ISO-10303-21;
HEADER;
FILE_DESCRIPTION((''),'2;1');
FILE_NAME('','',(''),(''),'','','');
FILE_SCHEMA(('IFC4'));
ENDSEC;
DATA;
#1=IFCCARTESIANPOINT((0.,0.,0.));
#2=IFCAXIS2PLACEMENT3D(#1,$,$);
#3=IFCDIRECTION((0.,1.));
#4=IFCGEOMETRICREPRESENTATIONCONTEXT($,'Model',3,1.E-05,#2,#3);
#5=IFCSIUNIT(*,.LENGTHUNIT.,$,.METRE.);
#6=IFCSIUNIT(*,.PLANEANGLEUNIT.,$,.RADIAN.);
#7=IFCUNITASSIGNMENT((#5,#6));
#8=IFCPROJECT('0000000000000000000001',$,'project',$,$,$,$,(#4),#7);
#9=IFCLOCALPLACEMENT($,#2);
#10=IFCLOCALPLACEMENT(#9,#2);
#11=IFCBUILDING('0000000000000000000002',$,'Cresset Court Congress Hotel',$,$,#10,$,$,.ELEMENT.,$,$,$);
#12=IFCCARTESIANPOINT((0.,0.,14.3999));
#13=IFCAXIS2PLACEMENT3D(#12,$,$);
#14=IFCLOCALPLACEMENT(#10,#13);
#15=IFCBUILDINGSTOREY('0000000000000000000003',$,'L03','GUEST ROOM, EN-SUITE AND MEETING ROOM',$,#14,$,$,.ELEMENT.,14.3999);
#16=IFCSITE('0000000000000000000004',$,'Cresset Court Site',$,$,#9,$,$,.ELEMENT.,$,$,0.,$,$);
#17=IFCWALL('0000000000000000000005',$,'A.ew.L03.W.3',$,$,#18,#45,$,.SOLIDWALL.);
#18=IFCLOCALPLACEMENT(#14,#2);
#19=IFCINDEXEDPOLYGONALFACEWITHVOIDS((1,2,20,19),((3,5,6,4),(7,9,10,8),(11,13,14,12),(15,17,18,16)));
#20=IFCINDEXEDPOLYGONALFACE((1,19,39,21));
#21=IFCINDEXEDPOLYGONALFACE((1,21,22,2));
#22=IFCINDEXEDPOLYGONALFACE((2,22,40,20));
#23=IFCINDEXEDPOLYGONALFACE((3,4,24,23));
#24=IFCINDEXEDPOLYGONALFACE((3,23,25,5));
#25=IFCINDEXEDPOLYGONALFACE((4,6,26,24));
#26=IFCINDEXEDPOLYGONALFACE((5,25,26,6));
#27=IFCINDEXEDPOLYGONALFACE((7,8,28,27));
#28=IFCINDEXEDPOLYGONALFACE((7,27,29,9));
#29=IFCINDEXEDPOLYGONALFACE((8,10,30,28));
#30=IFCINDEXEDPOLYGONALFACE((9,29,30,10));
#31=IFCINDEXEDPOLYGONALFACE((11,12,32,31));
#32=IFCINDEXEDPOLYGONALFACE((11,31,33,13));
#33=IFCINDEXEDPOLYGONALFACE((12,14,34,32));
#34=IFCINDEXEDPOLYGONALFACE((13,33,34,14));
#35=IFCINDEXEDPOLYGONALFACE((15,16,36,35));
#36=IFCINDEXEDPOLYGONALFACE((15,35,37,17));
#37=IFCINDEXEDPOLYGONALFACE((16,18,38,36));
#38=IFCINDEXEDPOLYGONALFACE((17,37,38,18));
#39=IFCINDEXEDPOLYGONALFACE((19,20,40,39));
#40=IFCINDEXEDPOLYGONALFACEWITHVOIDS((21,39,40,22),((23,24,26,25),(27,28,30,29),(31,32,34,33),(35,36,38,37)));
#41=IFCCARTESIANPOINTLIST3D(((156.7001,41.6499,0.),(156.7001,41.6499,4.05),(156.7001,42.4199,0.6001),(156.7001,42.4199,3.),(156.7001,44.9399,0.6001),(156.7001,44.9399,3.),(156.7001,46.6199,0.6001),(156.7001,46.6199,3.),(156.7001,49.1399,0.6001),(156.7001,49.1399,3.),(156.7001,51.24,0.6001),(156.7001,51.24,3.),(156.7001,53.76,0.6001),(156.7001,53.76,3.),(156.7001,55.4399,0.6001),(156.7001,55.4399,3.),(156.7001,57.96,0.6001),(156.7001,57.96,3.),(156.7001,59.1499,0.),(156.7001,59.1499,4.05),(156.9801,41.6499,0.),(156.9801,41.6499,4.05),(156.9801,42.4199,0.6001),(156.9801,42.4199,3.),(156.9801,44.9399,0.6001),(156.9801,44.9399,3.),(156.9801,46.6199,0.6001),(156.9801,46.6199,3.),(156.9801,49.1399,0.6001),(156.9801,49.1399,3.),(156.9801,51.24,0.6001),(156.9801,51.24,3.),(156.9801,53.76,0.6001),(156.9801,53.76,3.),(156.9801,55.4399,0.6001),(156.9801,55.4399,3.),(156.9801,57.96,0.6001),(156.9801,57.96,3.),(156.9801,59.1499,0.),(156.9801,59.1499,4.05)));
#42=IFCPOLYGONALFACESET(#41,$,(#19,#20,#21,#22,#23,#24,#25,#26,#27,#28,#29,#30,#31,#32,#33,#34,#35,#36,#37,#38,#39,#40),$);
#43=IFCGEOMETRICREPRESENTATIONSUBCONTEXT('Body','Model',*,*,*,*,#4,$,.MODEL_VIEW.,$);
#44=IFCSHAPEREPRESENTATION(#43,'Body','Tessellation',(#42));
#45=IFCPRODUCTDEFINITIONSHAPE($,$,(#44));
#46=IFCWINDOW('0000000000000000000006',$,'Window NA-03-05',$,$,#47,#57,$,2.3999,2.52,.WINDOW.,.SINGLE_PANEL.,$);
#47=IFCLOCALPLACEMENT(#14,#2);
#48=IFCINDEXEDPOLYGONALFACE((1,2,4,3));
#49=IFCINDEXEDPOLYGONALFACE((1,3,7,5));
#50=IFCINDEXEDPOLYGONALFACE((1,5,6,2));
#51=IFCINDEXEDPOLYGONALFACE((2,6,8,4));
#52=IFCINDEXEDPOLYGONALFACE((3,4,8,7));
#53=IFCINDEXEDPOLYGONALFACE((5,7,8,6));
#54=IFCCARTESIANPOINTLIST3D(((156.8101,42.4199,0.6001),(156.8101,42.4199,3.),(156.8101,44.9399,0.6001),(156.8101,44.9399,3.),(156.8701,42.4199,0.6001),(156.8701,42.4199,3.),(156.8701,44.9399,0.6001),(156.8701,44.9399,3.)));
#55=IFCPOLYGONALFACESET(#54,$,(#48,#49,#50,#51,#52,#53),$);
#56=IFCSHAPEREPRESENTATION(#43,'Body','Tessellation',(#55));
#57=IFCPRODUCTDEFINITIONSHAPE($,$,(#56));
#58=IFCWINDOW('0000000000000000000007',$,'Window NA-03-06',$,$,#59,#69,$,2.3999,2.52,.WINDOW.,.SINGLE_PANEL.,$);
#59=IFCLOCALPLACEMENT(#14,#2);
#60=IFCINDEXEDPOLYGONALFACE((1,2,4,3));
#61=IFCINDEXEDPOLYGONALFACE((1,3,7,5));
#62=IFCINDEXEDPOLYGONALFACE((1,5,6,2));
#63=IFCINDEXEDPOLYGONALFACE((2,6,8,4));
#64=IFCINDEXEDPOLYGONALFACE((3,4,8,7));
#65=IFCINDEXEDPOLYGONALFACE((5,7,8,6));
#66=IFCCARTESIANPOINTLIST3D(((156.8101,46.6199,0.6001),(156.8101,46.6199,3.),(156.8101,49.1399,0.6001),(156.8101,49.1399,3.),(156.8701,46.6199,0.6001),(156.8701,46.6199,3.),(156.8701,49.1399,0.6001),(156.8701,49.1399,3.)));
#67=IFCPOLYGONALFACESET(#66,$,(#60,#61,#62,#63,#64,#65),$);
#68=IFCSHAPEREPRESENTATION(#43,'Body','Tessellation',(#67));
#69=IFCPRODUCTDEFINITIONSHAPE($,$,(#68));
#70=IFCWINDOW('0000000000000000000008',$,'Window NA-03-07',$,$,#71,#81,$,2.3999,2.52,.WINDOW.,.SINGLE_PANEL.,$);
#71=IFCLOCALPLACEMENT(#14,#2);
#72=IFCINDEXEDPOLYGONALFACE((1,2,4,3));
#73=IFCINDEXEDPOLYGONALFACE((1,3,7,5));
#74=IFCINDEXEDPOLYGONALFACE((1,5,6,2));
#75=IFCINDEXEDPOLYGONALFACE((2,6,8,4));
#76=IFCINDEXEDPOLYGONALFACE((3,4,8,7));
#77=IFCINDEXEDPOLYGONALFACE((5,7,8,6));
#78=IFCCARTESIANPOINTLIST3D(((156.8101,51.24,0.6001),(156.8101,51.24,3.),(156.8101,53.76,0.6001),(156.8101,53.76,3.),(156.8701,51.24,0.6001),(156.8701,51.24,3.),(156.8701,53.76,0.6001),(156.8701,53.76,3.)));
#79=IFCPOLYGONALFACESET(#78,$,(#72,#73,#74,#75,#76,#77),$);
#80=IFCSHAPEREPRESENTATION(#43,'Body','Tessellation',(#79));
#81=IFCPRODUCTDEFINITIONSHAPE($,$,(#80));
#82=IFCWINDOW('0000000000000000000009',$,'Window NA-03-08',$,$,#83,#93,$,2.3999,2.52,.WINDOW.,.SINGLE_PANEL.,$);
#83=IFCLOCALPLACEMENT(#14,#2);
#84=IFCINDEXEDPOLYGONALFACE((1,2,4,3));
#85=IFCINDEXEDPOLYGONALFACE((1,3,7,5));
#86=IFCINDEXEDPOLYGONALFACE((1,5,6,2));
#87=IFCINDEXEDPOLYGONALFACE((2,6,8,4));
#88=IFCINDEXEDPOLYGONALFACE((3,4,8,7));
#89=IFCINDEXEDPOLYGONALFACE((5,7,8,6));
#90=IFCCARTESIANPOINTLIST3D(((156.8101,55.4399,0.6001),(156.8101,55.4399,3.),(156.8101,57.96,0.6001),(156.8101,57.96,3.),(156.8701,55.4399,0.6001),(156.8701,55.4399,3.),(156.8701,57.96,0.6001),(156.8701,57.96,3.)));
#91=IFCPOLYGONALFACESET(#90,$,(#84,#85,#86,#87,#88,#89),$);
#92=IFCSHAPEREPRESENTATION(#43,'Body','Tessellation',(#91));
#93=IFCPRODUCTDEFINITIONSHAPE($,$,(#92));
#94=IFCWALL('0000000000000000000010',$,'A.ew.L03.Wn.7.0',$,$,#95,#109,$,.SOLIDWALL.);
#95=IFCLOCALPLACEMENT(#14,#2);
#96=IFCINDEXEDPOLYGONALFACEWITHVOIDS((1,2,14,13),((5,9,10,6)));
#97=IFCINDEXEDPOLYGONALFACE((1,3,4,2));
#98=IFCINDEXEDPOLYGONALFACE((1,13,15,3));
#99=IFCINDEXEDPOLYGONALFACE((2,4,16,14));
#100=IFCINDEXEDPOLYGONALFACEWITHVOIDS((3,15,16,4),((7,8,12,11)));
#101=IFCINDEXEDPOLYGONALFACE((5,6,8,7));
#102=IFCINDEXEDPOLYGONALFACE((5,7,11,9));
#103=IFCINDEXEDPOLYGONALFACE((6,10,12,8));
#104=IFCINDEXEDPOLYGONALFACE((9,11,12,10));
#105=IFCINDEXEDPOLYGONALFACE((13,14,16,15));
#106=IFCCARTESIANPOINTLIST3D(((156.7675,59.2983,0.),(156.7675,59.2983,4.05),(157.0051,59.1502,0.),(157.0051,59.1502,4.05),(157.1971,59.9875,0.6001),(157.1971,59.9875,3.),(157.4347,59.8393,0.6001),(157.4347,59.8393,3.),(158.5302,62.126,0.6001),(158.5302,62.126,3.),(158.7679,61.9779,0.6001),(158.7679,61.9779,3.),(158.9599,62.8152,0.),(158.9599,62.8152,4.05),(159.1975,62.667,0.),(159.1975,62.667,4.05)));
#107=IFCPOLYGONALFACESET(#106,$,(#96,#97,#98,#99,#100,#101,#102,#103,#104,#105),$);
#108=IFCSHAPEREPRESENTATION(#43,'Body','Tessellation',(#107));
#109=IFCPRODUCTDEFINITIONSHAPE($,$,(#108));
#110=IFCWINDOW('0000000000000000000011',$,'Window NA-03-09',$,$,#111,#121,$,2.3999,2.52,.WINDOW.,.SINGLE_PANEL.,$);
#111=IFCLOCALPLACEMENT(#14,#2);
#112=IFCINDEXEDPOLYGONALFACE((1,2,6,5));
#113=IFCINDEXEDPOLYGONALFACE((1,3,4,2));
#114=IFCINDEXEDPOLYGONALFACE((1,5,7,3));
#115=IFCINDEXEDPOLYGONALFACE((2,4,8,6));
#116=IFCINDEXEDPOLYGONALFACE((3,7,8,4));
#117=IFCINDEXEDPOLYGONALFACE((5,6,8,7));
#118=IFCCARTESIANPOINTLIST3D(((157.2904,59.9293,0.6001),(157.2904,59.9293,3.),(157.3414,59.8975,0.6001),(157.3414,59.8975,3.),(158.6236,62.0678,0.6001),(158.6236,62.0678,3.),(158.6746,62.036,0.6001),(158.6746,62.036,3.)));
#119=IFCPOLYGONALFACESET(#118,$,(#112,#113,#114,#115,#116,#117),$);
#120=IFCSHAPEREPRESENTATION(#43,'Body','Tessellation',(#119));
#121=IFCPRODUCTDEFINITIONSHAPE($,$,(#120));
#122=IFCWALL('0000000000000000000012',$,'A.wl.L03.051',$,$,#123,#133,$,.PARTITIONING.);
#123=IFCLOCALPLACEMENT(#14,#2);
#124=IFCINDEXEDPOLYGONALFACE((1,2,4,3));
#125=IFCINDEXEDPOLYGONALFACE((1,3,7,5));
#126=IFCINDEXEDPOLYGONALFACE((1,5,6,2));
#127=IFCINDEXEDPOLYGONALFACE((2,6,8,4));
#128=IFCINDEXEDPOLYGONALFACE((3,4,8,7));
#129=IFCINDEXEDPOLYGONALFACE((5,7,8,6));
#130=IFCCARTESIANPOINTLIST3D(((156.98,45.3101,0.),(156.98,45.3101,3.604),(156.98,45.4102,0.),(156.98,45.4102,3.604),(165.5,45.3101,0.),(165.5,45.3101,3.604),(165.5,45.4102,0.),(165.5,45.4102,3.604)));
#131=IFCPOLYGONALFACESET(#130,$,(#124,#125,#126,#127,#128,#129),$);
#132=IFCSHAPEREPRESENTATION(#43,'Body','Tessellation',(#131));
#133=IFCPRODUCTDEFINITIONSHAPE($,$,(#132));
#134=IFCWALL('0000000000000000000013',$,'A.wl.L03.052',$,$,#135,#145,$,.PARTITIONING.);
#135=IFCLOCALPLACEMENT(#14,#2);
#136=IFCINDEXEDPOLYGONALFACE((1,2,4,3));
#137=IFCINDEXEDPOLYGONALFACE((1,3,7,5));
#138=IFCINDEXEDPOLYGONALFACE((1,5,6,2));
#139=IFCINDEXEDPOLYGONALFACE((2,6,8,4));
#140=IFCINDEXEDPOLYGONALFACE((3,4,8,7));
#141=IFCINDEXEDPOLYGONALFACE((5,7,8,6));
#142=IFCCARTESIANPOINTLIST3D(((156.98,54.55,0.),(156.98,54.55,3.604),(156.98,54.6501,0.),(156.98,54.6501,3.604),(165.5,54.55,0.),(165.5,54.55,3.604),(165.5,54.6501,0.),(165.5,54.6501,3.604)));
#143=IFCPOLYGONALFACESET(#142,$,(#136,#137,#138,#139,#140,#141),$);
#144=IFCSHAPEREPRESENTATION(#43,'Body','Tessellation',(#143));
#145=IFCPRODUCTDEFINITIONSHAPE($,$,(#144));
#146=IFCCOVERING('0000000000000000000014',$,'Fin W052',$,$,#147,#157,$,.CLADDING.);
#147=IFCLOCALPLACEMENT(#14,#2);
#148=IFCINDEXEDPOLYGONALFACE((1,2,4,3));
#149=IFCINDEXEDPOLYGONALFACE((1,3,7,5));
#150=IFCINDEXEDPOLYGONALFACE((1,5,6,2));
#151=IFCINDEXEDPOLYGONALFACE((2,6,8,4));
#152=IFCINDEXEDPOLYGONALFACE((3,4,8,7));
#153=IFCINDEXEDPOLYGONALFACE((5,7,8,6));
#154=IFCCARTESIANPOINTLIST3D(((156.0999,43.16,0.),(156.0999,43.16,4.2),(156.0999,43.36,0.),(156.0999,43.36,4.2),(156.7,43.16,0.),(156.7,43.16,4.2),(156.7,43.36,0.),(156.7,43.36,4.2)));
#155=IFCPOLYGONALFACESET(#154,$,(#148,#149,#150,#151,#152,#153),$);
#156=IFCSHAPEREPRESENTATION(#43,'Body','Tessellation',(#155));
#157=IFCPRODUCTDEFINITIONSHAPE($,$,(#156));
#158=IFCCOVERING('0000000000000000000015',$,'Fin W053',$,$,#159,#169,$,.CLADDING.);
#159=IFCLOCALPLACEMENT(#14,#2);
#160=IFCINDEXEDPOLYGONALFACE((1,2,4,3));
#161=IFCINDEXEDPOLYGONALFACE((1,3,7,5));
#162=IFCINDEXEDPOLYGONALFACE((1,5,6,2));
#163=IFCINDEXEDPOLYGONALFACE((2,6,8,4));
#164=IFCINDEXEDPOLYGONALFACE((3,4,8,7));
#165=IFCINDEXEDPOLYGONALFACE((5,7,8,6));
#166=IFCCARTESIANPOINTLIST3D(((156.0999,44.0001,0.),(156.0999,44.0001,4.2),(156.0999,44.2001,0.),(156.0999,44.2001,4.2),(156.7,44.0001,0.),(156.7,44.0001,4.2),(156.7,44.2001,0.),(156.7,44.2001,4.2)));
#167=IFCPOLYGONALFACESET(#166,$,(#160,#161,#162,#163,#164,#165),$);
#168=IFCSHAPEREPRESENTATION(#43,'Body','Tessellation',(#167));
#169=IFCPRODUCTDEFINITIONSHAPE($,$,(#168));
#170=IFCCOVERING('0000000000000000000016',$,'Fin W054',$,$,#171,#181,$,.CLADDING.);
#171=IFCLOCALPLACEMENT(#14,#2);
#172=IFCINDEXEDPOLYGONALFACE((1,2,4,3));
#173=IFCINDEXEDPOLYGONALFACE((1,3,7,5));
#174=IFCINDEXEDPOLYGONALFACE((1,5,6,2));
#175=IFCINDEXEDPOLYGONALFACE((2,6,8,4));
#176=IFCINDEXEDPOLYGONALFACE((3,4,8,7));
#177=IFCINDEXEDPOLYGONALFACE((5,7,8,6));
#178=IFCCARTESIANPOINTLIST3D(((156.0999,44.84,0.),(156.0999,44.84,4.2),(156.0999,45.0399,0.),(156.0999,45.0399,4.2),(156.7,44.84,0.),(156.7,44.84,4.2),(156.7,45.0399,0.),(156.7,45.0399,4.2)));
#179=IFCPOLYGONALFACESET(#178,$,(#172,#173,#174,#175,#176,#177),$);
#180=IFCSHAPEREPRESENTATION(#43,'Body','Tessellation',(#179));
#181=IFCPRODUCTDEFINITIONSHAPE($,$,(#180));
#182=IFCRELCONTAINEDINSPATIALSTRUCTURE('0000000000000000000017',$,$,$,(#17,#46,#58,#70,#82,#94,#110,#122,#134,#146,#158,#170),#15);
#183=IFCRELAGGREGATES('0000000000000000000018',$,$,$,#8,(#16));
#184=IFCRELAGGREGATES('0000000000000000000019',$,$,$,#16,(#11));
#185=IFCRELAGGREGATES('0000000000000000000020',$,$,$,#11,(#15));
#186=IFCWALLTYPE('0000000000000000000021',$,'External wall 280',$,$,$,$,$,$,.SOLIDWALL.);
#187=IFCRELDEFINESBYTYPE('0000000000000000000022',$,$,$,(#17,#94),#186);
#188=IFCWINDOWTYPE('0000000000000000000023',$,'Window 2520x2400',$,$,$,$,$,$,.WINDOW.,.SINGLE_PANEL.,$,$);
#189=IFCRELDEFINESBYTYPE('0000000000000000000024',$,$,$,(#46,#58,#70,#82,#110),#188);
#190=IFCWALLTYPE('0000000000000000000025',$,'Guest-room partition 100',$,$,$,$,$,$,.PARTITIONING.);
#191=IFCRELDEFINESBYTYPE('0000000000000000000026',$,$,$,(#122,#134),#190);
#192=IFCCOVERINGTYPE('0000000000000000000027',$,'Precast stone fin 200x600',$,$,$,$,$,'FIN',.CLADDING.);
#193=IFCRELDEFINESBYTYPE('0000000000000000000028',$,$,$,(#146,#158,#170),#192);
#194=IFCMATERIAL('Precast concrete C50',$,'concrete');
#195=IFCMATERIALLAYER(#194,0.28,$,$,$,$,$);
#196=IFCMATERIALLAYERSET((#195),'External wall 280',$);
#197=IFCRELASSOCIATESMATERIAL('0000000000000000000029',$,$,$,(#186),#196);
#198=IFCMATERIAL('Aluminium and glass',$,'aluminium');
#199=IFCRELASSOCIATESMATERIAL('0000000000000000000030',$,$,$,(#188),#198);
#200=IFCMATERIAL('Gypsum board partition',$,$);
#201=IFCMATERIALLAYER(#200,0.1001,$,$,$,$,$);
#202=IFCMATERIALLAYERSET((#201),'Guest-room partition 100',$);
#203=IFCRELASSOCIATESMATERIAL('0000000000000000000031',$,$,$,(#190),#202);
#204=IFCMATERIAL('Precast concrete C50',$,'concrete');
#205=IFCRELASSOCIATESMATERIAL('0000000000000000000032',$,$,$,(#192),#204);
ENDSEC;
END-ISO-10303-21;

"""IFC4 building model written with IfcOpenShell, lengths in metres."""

from ifc_helpers import new_model, si_unit, direction, frame, frame_2d, origin, origin_2d, place, context, subcontext, project, spatial, rectangle, extrude, material, layer, layer_set, type_object, element, fill, save


model = new_model("IFC4")

# Units and contexts
model_context = context("Model", 3, precision=1e-05, world=origin(), true_north=direction((0.0, 1.0)))
body_context = subcontext(model_context, "Body", "Model", "MODEL_VIEW")
ifc_project = project(units=[si_unit("LENGTHUNIT", "METRE"), si_unit("PLANEANGLEUNIT", "RADIAN")], contexts=[model_context])

# Site, building, storey
site_placement = place(None, origin())
site = spatial("IfcSite", under=ifc_project, at=site_placement, Name="Cresset Court Site", CompositionType="ELEMENT", RefElevation=0.0)
building_placement = place(site_placement, origin())
building = spatial("IfcBuilding", under=site, at=building_placement, Name="Cresset Court Congress Hotel", CompositionType="ELEMENT")
storey_placement = place(building_placement, frame((0.0, 0.0, 14.3999)))
storey = spatial("IfcBuildingStorey", under=building, at=storey_placement, Name="L03", Description="GUEST ROOM, EN-SUITE AND MEETING ROOM", CompositionType="ELEMENT", Elevation=14.3999)

# Wall, openings, windows
ifc_material_1 = material(Name="Precast concrete C50", Category="concrete")
ifc_layer_1 = layer(ifc_material_1, 0.28)
ifc_layer_set_1 = layer_set([ifc_layer_1], Name="External wall 280")
wall_type_1 = type_object("IfcWallType", Name="External wall 280", PredefinedType="SOLIDWALL", material=ifc_layer_set_1)
wall_1_placement = place(storey_placement, frame((156.8401, 41.6499, 0.0), z_axis=(0.0, 0.0, 1.0), x_axis=(0.0, 1.0, 0.0)))
wall_1 = element("IfcWall", 1, at=wall_1_placement, inside=storey, type_object=wall_type_1, Name="A.ew.L03.W.3", PredefinedType="SOLIDWALL", context=body_context, shape_type="SweptSolid", body=[
    extrude(rectangle(XDim=17.5, YDim=0.28, at=frame_2d((8.75, 0.0))), origin(), (0.0, 0.0, 1.0), 4.05),
])
opening_1_placement = place(wall_1_placement, frame((0.77, 0.0, 0.6001)))
opening_1 = element("IfcOpeningElement", 2, at=opening_1_placement, cuts=wall_1, PredefinedType="OPENING", context=body_context, shape_type="SweptSolid", body=[
    extrude(rectangle(XDim=2.52, YDim=2.3999, at=frame_2d((1.26, 1.2))), frame((0.0, 0.1499, 0.0), z_axis=(0.0, -1.0, 0.0), x_axis=(1.0, 0.0, 0.0)), (0.0, 0.0, 1.0), 0.3),
])
opening_2_placement = place(wall_1_placement, frame((4.97, 0.0, 0.6001)))
opening_2 = element("IfcOpeningElement", 3, at=opening_2_placement, cuts=wall_1, PredefinedType="OPENING", context=body_context, shape_type="SweptSolid", body=[
    extrude(rectangle(XDim=2.52, YDim=2.3999, at=frame_2d((1.26, 1.2))), frame((0.0, 0.1499, 0.0), z_axis=(0.0, -1.0, 0.0), x_axis=(1.0, 0.0, 0.0)), (0.0, 0.0, 1.0), 0.3),
])
opening_3_placement = place(wall_1_placement, frame((9.5901, 0.0, 0.6001)))
opening_3 = element("IfcOpeningElement", 4, at=opening_3_placement, cuts=wall_1, PredefinedType="OPENING", context=body_context, shape_type="SweptSolid", body=[
    extrude(rectangle(XDim=2.52, YDim=2.3999, at=frame_2d((1.26, 1.2))), frame((0.0, 0.1499, 0.0), z_axis=(0.0, -1.0, 0.0), x_axis=(1.0, 0.0, 0.0)), (0.0, 0.0, 1.0), 0.3),
])
opening_4_placement = place(wall_1_placement, frame((13.79, 0.0, 0.6001)))
opening_4 = element("IfcOpeningElement", 5, at=opening_4_placement, cuts=wall_1, PredefinedType="OPENING", context=body_context, shape_type="SweptSolid", body=[
    extrude(rectangle(XDim=2.52, YDim=2.3999, at=frame_2d((1.26, 1.2))), frame((0.0, 0.1499, 0.0), z_axis=(0.0, -1.0, 0.0), x_axis=(1.0, 0.0, 0.0)), (0.0, 0.0, 1.0), 0.3),
])
ifc_material_2 = material(Name="Aluminium and glass", Category="aluminium")
window_type = type_object("IfcWindowType", Name="Window 2520x2400", PartitioningType="SINGLE_PANEL", PredefinedType="WINDOW", material=ifc_material_2)
window_1_placement = place(opening_1_placement, origin())
window_1 = element("IfcWindow", 6, at=window_1_placement, inside=storey, type_object=window_type, Name="Window NA-03-05", OverallHeight=2.3999, OverallWidth=2.52, PartitioningType="SINGLE_PANEL", PredefinedType="WINDOW", context=body_context, shape_type="SweptSolid", body=[
    extrude(rectangle(XDim=2.52, YDim=2.3999, at=frame_2d((1.26, 1.2))), frame((0.0, 0.03, 0.0), z_axis=(0.0, -1.0, 0.0), x_axis=(1.0, 0.0, 0.0)), (0.0, 0.0, 1.0), 0.0601),
])
fill(opening_1, window_1)
window_2_placement = place(opening_2_placement, origin())
window_2 = element("IfcWindow", 7, at=window_2_placement, inside=storey, type_object=window_type, Name="Window NA-03-06", OverallHeight=2.3999, OverallWidth=2.52, PartitioningType="SINGLE_PANEL", PredefinedType="WINDOW", context=body_context, shape_type="SweptSolid", body=[
    extrude(rectangle(XDim=2.52, YDim=2.3999, at=frame_2d((1.26, 1.2))), frame((0.0, 0.03, 0.0), z_axis=(0.0, -1.0, 0.0), x_axis=(1.0, 0.0, 0.0)), (0.0, 0.0, 1.0), 0.0601),
])
fill(opening_2, window_2)
window_3_placement = place(opening_3_placement, origin())
window_3 = element("IfcWindow", 8, at=window_3_placement, inside=storey, type_object=window_type, Name="Window NA-03-07", OverallHeight=2.3999, OverallWidth=2.52, PartitioningType="SINGLE_PANEL", PredefinedType="WINDOW", context=body_context, shape_type="SweptSolid", body=[
    extrude(rectangle(XDim=2.52, YDim=2.3999, at=frame_2d((1.26, 1.2))), frame((0.0, 0.03, 0.0), z_axis=(0.0, -1.0, 0.0), x_axis=(1.0, 0.0, 0.0)), (0.0, 0.0, 1.0), 0.0601),
])
fill(opening_3, window_3)
window_4_placement = place(opening_4_placement, origin())
window_4 = element("IfcWindow", 9, at=window_4_placement, inside=storey, type_object=window_type, Name="Window NA-03-08", OverallHeight=2.3999, OverallWidth=2.52, PartitioningType="SINGLE_PANEL", PredefinedType="WINDOW", context=body_context, shape_type="SweptSolid", body=[
    extrude(rectangle(XDim=2.52, YDim=2.3999, at=frame_2d((1.26, 1.2))), frame((0.0, 0.03, 0.0), z_axis=(0.0, -1.0, 0.0), x_axis=(1.0, 0.0, 0.0)), (0.0, 0.0, 1.0), 0.0601),
])
fill(opening_4, window_4)

# Wall, opening, window
wall_2_placement = place(storey_placement, frame((156.8862, 59.2241, 0.0), z_axis=(0.0, 0.0, 1.0), x_axis=(0.529019, 0.84861, 0.0)))
wall_2 = element("IfcWall", 10, at=wall_2_placement, inside=storey, type_object=wall_type_1, Name="A.ew.L03.Wn.7.0", PredefinedType="SOLIDWALL", context=body_context, shape_type="SweptSolid", body=[
    extrude(rectangle(XDim=4.1443, YDim=0.28, at=frame_2d((2.0723, 0.0))), origin(), (0.0, 0.0, 1.0), 4.05),
])
opening_5_placement = place(wall_2_placement, frame((0.8123, 0.0, 0.6001)))
opening_5 = element("IfcOpeningElement", 11, at=opening_5_placement, cuts=wall_2, PredefinedType="OPENING", context=body_context, shape_type="SweptSolid", body=[
    extrude(rectangle(XDim=2.52, YDim=2.3999, at=frame_2d((1.26, 1.2))), frame((0.0, 0.1499, 0.0), z_axis=(0.0, -1.0, 0.0), x_axis=(1.0, 0.0, 0.0)), (0.0, 0.0, 1.0), 0.3),
])
window_5_placement = place(opening_5_placement, origin())
window_5 = element("IfcWindow", 12, at=window_5_placement, inside=storey, type_object=window_type, Name="Window NA-03-09", OverallHeight=2.3999, OverallWidth=2.52, PartitioningType="SINGLE_PANEL", PredefinedType="WINDOW", context=body_context, shape_type="SweptSolid", body=[
    extrude(rectangle(XDim=2.52, YDim=2.3999, at=frame_2d((1.26, 1.2))), frame((0.0, 0.03, 0.0), z_axis=(0.0, -1.0, 0.0), x_axis=(1.0, 0.0, 0.0)), (0.0, 0.0, 1.0), 0.0601),
])
fill(opening_5, window_5)

# Walls
ifc_material_3 = material(Name="Gypsum board partition")
ifc_layer_2 = layer(ifc_material_3, 0.1001)
ifc_layer_set_2 = layer_set([ifc_layer_2], Name="Guest-room partition 100")
wall_type_2 = type_object("IfcWallType", Name="Guest-room partition 100", PredefinedType="PARTITIONING", material=ifc_layer_set_2)
for number, where, z_axis, x_axis, name in (
    (13, (156.98, 45.3601, 0.0), (0.0, 0.0, 1.0), (1.0, 0.0, 0.0), "A.wl.L03.051"),
    (14, (156.98, 54.6001, 0.0), (0.0, 0.0, 1.0), (1.0, 0.0, 0.0), "A.wl.L03.052"),
):
    element("IfcWall", number, at=place(storey_placement, frame(where, z_axis=z_axis, x_axis=x_axis)), inside=storey, type_object=wall_type_2, Name=name, PredefinedType="PARTITIONING", context=body_context, shape_type="SweptSolid", body=[
        extrude(rectangle(XDim=8.52, YDim=0.1001, at=frame_2d((4.26, 0.0))), origin(), (0.0, 0.0, 1.0), 3.604),
    ])

# Coverings
ifc_material_4 = material(Name="Precast concrete C50", Category="concrete")
covering_type_1 = type_object("IfcCoveringType", Name="Precast stone fin 200x600", ElementType="FIN", PredefinedType="CLADDING", material=ifc_material_4)
for number, where, z_axis, x_axis, name in (
    (15, (156.3999, 43.26, 0.0), (0.0, 0.0, 1.0), (1.0, 0.0, 0.0), "Fin W052"),
    (16, (156.3999, 44.1001, 0.0), (0.0, 0.0, 1.0), (1.0, 0.0, 0.0), "Fin W053"),
    (17, (156.3999, 44.9399, 0.0), (0.0, 0.0, 1.0), (1.0, 0.0, 0.0), "Fin W054"),
):
    element("IfcCovering", number, at=place(storey_placement, frame(where, z_axis=z_axis, x_axis=x_axis)), inside=storey, type_object=covering_type_1, Name=name, PredefinedType="CLADDING", context=body_context, shape_type="SweptSolid", body=[
        extrude(rectangle(XDim=0.6001, YDim=0.2, at=origin_2d()), origin(), (0.0, 0.0, 1.0), 4.2),
    ])

save(model, "model.ifc")
